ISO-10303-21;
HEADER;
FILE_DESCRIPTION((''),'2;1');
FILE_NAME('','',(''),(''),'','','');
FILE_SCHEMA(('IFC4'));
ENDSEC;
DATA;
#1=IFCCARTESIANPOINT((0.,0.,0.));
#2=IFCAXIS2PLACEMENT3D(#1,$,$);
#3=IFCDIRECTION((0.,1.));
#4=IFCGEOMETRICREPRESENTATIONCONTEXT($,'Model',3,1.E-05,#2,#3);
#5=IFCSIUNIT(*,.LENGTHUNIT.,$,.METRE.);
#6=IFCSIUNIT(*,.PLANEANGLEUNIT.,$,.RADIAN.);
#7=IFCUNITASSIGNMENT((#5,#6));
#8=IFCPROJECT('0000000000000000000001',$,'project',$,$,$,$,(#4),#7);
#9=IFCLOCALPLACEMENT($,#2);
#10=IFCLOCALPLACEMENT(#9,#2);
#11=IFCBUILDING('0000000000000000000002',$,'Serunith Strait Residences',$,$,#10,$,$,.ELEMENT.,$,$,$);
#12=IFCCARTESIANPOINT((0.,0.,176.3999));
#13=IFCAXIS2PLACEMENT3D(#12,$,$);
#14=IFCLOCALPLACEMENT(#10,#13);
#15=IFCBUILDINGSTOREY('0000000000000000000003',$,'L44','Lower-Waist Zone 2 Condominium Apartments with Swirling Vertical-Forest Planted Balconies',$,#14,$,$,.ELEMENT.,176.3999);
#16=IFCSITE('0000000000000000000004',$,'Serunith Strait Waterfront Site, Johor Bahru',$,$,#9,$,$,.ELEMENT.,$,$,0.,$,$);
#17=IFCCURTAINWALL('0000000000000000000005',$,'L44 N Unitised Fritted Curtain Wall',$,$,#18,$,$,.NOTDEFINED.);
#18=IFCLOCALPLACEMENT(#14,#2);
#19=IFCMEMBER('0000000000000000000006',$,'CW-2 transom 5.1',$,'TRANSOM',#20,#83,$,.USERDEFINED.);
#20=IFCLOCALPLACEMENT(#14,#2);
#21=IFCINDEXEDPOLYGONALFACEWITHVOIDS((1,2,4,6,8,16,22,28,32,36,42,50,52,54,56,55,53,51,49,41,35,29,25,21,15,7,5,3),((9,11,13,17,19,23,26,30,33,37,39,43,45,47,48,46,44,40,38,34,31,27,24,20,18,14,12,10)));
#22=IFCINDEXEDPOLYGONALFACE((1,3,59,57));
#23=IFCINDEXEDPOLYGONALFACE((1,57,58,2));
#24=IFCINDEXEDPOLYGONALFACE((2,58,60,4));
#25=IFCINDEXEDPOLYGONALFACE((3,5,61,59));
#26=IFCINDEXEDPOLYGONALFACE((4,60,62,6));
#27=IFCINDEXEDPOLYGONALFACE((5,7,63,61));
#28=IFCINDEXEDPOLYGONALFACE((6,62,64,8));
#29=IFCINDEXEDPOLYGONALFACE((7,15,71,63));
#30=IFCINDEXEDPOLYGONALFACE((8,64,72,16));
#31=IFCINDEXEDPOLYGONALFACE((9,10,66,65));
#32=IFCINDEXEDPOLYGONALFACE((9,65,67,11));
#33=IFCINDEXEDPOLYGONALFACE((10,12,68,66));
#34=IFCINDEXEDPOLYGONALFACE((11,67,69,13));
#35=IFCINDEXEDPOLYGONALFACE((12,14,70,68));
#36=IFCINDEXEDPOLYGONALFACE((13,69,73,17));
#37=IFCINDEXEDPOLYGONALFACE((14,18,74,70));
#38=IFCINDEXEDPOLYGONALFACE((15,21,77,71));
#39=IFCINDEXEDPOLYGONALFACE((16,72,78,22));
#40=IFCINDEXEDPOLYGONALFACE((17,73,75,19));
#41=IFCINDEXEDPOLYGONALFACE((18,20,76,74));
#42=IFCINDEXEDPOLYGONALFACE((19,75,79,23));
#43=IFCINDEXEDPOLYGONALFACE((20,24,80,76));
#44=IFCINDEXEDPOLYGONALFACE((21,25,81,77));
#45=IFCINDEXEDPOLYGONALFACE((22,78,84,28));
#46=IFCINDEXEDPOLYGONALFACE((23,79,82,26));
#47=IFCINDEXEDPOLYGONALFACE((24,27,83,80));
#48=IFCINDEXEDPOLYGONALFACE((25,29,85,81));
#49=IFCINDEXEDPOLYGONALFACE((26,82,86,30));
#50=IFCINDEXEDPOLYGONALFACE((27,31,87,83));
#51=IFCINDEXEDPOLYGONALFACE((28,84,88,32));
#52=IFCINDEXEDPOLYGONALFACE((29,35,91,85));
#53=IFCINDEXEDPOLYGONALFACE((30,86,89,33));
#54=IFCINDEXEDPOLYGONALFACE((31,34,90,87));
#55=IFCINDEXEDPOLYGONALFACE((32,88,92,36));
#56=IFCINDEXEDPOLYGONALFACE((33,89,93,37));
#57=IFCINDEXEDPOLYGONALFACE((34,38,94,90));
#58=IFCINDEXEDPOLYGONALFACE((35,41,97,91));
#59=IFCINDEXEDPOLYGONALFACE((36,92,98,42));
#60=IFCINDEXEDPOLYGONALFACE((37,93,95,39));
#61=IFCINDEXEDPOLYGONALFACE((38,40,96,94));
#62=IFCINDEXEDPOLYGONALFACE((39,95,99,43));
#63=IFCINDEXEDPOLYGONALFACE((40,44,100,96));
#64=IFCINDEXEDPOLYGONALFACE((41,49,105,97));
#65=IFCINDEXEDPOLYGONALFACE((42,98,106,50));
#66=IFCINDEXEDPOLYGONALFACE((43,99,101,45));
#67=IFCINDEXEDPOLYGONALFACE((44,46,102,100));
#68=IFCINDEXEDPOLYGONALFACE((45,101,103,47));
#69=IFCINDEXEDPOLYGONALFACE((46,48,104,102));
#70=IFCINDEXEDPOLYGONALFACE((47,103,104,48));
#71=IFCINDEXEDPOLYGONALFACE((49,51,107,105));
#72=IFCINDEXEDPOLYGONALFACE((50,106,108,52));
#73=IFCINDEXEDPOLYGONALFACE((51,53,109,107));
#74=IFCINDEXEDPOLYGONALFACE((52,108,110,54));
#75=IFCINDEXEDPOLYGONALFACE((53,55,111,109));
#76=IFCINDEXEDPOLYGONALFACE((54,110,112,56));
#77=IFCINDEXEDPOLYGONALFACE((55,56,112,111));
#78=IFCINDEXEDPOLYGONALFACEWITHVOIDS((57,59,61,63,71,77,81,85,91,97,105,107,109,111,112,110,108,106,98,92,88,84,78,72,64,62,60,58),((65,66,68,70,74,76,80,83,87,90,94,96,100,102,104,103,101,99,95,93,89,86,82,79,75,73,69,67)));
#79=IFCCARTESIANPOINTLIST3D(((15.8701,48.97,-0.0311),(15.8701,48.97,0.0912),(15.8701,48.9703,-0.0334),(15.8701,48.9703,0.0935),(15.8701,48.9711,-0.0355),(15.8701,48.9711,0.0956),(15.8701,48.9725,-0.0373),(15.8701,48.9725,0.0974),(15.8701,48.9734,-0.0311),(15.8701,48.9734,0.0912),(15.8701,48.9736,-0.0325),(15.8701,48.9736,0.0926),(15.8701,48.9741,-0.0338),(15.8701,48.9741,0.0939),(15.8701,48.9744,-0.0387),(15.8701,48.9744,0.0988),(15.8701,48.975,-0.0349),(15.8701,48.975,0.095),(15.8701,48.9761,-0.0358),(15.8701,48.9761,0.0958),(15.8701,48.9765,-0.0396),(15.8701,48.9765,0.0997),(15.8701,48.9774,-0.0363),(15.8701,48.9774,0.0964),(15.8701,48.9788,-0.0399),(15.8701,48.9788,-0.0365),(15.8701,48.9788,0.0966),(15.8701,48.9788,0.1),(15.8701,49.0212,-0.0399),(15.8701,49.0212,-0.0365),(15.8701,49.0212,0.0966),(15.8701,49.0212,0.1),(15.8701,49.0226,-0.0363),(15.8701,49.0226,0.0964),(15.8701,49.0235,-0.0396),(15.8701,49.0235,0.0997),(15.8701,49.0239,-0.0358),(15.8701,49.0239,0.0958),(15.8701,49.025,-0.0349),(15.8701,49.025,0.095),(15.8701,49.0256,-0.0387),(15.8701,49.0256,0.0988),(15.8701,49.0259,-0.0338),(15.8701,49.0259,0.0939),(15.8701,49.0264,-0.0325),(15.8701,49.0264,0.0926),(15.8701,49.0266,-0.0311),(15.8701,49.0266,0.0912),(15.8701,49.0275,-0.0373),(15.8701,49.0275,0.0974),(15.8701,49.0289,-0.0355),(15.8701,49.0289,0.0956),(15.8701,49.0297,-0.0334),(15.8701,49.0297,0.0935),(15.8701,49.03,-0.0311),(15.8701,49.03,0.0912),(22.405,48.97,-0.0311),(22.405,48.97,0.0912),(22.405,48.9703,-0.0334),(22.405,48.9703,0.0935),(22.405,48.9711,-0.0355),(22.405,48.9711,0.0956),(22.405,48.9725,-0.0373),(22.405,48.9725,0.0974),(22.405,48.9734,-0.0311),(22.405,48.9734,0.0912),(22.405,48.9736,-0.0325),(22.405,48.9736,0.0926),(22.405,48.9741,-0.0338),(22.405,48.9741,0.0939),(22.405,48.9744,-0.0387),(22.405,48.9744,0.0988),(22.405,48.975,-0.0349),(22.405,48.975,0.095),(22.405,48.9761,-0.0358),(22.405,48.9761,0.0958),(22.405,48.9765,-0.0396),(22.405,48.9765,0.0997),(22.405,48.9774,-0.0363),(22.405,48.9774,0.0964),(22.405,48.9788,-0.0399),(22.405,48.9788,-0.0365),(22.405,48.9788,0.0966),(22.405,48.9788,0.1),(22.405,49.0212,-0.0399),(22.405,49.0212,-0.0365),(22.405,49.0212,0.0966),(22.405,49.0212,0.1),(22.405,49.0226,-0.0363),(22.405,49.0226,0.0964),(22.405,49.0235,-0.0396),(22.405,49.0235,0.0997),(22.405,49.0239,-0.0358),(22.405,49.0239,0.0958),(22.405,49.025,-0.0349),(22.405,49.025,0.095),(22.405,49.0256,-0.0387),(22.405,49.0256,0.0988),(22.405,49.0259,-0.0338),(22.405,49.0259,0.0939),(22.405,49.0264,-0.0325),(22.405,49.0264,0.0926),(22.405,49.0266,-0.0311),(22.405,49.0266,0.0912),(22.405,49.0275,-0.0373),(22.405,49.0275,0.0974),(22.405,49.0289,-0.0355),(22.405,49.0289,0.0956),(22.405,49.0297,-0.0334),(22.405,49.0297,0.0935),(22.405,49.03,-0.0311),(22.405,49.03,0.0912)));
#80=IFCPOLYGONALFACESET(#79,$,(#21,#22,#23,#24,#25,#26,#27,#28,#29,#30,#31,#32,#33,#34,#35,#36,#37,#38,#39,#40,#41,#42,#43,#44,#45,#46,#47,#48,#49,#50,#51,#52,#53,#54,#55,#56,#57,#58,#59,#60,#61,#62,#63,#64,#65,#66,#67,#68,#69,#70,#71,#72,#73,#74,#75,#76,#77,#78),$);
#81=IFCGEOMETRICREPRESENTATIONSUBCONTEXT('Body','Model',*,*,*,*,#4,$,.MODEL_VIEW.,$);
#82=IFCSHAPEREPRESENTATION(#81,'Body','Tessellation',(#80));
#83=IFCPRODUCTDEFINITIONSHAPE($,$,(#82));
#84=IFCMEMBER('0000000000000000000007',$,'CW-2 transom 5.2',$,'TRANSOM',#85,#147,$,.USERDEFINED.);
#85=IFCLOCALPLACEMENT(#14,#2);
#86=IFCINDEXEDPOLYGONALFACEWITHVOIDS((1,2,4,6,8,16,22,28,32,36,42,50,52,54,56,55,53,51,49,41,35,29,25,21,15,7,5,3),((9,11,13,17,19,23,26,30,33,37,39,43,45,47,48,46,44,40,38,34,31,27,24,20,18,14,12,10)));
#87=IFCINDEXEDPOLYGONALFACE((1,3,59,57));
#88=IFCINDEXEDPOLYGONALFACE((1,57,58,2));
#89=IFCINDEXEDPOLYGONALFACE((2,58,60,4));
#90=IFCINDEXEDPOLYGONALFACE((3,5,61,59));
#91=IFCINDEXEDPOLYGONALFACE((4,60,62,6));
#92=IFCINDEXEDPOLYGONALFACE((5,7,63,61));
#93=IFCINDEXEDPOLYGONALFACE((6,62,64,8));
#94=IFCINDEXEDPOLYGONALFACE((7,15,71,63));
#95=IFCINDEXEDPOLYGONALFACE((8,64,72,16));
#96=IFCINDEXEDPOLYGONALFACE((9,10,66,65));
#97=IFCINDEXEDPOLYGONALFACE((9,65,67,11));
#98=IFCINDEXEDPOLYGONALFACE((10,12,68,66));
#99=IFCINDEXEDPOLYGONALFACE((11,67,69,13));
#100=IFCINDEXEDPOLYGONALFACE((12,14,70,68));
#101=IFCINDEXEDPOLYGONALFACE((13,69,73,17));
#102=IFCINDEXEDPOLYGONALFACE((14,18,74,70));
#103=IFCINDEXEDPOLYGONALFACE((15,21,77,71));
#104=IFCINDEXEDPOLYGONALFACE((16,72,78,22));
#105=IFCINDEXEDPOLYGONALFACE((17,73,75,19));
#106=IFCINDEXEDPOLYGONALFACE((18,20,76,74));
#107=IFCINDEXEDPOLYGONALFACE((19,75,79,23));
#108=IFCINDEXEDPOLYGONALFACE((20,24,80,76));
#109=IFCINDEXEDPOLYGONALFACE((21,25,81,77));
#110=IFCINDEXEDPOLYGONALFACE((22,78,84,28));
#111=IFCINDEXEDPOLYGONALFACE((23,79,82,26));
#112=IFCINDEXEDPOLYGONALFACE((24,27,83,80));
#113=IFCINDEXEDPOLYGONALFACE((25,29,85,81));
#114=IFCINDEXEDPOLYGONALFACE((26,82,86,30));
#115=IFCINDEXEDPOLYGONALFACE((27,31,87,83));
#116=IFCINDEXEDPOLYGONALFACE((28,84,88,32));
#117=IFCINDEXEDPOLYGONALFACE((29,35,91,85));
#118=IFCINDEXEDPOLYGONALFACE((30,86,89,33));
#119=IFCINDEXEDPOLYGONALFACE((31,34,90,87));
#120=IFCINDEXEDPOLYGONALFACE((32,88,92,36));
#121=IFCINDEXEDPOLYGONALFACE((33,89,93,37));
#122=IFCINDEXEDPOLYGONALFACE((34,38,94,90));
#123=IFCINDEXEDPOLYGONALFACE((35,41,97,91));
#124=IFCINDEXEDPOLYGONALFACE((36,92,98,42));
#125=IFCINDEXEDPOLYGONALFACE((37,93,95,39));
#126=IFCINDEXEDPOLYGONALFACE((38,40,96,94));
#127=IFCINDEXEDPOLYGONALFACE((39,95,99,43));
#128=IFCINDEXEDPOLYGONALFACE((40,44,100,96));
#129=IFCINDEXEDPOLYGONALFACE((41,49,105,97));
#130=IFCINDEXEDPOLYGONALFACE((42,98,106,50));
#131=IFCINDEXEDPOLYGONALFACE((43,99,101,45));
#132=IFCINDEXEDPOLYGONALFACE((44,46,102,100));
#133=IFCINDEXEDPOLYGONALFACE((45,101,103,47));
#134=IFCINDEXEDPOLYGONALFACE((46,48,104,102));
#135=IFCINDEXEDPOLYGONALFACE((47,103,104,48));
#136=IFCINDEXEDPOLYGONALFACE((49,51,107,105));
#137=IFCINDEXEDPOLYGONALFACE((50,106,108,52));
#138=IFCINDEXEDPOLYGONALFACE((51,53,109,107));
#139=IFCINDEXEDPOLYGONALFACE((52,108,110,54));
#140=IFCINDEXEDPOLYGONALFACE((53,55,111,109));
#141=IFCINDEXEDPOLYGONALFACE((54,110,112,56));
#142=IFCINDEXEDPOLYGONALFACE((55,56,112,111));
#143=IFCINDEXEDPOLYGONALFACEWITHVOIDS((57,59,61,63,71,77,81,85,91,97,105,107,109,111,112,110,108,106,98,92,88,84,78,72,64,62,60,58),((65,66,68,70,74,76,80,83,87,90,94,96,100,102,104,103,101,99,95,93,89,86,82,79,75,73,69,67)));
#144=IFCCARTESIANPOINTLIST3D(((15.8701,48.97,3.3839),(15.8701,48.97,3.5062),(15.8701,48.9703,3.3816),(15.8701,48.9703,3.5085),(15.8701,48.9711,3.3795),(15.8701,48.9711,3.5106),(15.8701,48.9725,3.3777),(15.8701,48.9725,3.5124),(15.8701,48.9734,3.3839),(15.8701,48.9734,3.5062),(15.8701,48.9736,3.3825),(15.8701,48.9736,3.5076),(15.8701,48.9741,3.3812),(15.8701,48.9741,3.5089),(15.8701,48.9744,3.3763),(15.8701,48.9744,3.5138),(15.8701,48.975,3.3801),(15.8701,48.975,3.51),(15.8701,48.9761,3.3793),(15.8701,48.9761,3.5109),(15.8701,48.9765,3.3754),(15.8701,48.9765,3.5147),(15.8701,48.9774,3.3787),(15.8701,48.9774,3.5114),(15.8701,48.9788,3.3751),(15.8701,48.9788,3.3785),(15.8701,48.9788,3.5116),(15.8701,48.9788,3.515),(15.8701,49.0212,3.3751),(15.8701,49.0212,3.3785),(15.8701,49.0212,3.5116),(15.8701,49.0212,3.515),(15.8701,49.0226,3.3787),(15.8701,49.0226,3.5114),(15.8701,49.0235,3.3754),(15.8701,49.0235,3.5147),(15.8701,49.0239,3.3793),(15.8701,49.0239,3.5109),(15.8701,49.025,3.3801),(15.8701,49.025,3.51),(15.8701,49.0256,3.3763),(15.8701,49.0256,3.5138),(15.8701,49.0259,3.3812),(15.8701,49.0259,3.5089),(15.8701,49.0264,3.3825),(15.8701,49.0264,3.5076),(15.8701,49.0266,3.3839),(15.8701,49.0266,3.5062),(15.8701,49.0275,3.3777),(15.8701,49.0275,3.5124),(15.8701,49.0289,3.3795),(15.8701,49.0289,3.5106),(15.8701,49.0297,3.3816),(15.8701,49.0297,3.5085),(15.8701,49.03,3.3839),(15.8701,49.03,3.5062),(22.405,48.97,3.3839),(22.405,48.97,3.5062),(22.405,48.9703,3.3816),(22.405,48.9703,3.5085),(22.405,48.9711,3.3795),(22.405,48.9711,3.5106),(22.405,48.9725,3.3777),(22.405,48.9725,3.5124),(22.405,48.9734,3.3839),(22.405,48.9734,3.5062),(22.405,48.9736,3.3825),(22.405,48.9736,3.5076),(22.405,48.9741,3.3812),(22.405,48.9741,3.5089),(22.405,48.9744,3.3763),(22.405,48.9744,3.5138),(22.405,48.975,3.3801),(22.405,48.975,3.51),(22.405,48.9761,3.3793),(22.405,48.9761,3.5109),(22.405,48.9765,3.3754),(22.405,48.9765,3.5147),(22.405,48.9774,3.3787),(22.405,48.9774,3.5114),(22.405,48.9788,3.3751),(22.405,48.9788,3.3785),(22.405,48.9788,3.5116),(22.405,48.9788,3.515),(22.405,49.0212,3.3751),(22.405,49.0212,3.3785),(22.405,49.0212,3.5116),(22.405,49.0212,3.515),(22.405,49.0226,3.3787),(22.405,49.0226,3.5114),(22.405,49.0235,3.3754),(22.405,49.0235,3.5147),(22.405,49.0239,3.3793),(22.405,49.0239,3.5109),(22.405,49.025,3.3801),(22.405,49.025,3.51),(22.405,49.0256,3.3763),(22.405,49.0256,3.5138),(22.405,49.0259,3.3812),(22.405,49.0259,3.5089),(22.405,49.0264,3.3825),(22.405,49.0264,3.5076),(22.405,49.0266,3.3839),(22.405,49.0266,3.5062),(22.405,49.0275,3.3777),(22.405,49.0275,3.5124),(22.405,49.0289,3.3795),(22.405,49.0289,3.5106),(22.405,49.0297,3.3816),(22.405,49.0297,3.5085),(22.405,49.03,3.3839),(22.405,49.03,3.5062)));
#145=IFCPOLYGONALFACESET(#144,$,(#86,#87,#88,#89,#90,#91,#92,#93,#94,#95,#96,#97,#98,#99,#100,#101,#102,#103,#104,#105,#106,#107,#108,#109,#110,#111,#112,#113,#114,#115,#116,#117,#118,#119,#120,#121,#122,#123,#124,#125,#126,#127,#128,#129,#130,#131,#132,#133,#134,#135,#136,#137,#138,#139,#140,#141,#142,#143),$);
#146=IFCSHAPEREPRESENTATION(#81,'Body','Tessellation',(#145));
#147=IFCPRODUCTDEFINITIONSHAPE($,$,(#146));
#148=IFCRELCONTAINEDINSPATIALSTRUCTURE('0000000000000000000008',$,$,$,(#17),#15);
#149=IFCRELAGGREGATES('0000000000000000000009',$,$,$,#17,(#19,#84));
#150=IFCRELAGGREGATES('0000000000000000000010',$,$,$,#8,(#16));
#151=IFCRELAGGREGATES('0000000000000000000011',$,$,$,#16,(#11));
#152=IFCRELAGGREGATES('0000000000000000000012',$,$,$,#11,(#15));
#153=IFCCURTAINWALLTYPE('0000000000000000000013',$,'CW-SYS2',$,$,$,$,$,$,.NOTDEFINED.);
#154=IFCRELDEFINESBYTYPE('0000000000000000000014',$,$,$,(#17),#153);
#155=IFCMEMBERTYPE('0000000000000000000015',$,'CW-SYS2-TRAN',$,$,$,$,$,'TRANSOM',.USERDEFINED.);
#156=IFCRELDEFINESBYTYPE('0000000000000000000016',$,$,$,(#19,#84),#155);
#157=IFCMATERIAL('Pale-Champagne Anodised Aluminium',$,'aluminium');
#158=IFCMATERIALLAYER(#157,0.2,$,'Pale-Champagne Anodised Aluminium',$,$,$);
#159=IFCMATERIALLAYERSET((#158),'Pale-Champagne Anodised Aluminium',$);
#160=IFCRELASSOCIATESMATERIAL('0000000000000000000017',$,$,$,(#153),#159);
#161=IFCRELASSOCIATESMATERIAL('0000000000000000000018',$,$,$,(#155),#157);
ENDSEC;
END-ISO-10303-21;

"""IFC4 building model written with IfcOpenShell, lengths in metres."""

from ifc_helpers import new_model, si_unit, direction, frame, origin, origin_2d, place, context, subcontext, project, spatial, hollow_rectangle, extrude, source, transform, mapped, material, layer, layer_set, material_profile, profile_set, type_object, element, aggregate, save


model = new_model("IFC4")

# Units and contexts
model_context = context("Model", 3, precision=1e-05, world=origin(), true_north=direction((0.0, 1.0)))
body_context = subcontext(model_context, "Body", "Model", "MODEL_VIEW")
ifc_project = project(units=[si_unit("LENGTHUNIT", "METRE"), si_unit("PLANEANGLEUNIT", "RADIAN")], contexts=[model_context])

# Site, building, storey
site_placement = place(None, origin())
site = spatial("IfcSite", under=ifc_project, at=site_placement, Name="Serunith Strait Waterfront Site, Johor Bahru", CompositionType="ELEMENT", RefElevation=0.0)
building_placement = place(site_placement, origin())
building = spatial("IfcBuilding", under=site, at=building_placement, Name="Serunith Strait Residences", CompositionType="ELEMENT")
storey_placement = place(building_placement, frame((0.0, 0.0, 176.3999)))
storey = spatial("IfcBuildingStorey", under=building, at=storey_placement, Name="L44", Description="Lower-Waist Zone 2 Condominium Apartments with Swirling Vertical-Forest Planted Balconies", CompositionType="ELEMENT", Elevation=176.3999)

# Curtain wall, members
ifc_material_1 = material(Name="Pale-Champagne Anodised Aluminium", Category="aluminium")
ifc_layer_1 = layer(ifc_material_1, 0.2, Name="Pale-Champagne Anodised Aluminium")
ifc_layer_set_1 = layer_set([ifc_layer_1], Name="Pale-Champagne Anodised Aluminium")
curtain_wall_type = type_object("IfcCurtainWallType", Name="CW-SYS2", PredefinedType="NOTDEFINED", material=ifc_layer_set_1)
curtain_wall_placement = place(storey_placement, origin())
curtain_wall = element("IfcCurtainWall", 1, at=curtain_wall_placement, inside=storey, type_object=curtain_wall_type, Name="L44 N Unitised Fritted Curtain Wall", PredefinedType="NOTDEFINED")
ifc_material_profile_1 = material_profile(ifc_material_1, hollow_rectangle(XDim=0.0601, YDim=0.1399, WallThickness=0.0034, InnerFilletRadius=0.0054, OuterFilletRadius=0.0088, at=origin_2d()), Name="ALU 140x60x3.5")
ifc_profile_set_1 = profile_set([ifc_material_profile_1], Name="Pale-Champagne Anodised Aluminium")
member_type_1 = type_object("IfcMemberType", Name="CW-SYS2-TRAN", ElementType="TRANSOM", PredefinedType="USERDEFINED", material=ifc_profile_set_1)
shared_shape_1 = source(origin(), body_context, "Body", "SweptSolid", [
    extrude(hollow_rectangle(XDim=0.0601, YDim=0.1399, WallThickness=0.0034, InnerFilletRadius=0.0054, OuterFilletRadius=0.0088, at=origin_2d()), origin(), (0.0, 0.0, 1.0), 6.5349),
])
member_1_placement = place(storey_placement, frame((22.405, 49.0, 0.03), z_axis=(-1.0, 0.0, 0.0), x_axis=(0.0, -1.0, 0.0)))
member_1 = element("IfcMember", 2, at=member_1_placement, type_object=member_type_1, Name="CW-2 transom 5.1", ObjectType="TRANSOM", PredefinedType="USERDEFINED", context=body_context, shape_type="MappedRepresentation", body=[
    mapped(shared_shape_1, transform((0.0, 0.0, 0.0), scale=1.0)),
])
member_2_placement = place(storey_placement, frame((22.405, 49.0, 3.4451), z_axis=(-1.0, 0.0, 0.0), x_axis=(0.0, -1.0, 0.0)))
member_2 = element("IfcMember", 3, at=member_2_placement, type_object=member_type_1, Name="CW-2 transom 5.2", ObjectType="TRANSOM", PredefinedType="USERDEFINED", context=body_context, shape_type="MappedRepresentation", body=[
    mapped(shared_shape_1, transform((0.0, 0.0, 0.0), scale=1.0)),
])
aggregate(curtain_wall, [member_1, member_2])

save(model, "model.ifc")
